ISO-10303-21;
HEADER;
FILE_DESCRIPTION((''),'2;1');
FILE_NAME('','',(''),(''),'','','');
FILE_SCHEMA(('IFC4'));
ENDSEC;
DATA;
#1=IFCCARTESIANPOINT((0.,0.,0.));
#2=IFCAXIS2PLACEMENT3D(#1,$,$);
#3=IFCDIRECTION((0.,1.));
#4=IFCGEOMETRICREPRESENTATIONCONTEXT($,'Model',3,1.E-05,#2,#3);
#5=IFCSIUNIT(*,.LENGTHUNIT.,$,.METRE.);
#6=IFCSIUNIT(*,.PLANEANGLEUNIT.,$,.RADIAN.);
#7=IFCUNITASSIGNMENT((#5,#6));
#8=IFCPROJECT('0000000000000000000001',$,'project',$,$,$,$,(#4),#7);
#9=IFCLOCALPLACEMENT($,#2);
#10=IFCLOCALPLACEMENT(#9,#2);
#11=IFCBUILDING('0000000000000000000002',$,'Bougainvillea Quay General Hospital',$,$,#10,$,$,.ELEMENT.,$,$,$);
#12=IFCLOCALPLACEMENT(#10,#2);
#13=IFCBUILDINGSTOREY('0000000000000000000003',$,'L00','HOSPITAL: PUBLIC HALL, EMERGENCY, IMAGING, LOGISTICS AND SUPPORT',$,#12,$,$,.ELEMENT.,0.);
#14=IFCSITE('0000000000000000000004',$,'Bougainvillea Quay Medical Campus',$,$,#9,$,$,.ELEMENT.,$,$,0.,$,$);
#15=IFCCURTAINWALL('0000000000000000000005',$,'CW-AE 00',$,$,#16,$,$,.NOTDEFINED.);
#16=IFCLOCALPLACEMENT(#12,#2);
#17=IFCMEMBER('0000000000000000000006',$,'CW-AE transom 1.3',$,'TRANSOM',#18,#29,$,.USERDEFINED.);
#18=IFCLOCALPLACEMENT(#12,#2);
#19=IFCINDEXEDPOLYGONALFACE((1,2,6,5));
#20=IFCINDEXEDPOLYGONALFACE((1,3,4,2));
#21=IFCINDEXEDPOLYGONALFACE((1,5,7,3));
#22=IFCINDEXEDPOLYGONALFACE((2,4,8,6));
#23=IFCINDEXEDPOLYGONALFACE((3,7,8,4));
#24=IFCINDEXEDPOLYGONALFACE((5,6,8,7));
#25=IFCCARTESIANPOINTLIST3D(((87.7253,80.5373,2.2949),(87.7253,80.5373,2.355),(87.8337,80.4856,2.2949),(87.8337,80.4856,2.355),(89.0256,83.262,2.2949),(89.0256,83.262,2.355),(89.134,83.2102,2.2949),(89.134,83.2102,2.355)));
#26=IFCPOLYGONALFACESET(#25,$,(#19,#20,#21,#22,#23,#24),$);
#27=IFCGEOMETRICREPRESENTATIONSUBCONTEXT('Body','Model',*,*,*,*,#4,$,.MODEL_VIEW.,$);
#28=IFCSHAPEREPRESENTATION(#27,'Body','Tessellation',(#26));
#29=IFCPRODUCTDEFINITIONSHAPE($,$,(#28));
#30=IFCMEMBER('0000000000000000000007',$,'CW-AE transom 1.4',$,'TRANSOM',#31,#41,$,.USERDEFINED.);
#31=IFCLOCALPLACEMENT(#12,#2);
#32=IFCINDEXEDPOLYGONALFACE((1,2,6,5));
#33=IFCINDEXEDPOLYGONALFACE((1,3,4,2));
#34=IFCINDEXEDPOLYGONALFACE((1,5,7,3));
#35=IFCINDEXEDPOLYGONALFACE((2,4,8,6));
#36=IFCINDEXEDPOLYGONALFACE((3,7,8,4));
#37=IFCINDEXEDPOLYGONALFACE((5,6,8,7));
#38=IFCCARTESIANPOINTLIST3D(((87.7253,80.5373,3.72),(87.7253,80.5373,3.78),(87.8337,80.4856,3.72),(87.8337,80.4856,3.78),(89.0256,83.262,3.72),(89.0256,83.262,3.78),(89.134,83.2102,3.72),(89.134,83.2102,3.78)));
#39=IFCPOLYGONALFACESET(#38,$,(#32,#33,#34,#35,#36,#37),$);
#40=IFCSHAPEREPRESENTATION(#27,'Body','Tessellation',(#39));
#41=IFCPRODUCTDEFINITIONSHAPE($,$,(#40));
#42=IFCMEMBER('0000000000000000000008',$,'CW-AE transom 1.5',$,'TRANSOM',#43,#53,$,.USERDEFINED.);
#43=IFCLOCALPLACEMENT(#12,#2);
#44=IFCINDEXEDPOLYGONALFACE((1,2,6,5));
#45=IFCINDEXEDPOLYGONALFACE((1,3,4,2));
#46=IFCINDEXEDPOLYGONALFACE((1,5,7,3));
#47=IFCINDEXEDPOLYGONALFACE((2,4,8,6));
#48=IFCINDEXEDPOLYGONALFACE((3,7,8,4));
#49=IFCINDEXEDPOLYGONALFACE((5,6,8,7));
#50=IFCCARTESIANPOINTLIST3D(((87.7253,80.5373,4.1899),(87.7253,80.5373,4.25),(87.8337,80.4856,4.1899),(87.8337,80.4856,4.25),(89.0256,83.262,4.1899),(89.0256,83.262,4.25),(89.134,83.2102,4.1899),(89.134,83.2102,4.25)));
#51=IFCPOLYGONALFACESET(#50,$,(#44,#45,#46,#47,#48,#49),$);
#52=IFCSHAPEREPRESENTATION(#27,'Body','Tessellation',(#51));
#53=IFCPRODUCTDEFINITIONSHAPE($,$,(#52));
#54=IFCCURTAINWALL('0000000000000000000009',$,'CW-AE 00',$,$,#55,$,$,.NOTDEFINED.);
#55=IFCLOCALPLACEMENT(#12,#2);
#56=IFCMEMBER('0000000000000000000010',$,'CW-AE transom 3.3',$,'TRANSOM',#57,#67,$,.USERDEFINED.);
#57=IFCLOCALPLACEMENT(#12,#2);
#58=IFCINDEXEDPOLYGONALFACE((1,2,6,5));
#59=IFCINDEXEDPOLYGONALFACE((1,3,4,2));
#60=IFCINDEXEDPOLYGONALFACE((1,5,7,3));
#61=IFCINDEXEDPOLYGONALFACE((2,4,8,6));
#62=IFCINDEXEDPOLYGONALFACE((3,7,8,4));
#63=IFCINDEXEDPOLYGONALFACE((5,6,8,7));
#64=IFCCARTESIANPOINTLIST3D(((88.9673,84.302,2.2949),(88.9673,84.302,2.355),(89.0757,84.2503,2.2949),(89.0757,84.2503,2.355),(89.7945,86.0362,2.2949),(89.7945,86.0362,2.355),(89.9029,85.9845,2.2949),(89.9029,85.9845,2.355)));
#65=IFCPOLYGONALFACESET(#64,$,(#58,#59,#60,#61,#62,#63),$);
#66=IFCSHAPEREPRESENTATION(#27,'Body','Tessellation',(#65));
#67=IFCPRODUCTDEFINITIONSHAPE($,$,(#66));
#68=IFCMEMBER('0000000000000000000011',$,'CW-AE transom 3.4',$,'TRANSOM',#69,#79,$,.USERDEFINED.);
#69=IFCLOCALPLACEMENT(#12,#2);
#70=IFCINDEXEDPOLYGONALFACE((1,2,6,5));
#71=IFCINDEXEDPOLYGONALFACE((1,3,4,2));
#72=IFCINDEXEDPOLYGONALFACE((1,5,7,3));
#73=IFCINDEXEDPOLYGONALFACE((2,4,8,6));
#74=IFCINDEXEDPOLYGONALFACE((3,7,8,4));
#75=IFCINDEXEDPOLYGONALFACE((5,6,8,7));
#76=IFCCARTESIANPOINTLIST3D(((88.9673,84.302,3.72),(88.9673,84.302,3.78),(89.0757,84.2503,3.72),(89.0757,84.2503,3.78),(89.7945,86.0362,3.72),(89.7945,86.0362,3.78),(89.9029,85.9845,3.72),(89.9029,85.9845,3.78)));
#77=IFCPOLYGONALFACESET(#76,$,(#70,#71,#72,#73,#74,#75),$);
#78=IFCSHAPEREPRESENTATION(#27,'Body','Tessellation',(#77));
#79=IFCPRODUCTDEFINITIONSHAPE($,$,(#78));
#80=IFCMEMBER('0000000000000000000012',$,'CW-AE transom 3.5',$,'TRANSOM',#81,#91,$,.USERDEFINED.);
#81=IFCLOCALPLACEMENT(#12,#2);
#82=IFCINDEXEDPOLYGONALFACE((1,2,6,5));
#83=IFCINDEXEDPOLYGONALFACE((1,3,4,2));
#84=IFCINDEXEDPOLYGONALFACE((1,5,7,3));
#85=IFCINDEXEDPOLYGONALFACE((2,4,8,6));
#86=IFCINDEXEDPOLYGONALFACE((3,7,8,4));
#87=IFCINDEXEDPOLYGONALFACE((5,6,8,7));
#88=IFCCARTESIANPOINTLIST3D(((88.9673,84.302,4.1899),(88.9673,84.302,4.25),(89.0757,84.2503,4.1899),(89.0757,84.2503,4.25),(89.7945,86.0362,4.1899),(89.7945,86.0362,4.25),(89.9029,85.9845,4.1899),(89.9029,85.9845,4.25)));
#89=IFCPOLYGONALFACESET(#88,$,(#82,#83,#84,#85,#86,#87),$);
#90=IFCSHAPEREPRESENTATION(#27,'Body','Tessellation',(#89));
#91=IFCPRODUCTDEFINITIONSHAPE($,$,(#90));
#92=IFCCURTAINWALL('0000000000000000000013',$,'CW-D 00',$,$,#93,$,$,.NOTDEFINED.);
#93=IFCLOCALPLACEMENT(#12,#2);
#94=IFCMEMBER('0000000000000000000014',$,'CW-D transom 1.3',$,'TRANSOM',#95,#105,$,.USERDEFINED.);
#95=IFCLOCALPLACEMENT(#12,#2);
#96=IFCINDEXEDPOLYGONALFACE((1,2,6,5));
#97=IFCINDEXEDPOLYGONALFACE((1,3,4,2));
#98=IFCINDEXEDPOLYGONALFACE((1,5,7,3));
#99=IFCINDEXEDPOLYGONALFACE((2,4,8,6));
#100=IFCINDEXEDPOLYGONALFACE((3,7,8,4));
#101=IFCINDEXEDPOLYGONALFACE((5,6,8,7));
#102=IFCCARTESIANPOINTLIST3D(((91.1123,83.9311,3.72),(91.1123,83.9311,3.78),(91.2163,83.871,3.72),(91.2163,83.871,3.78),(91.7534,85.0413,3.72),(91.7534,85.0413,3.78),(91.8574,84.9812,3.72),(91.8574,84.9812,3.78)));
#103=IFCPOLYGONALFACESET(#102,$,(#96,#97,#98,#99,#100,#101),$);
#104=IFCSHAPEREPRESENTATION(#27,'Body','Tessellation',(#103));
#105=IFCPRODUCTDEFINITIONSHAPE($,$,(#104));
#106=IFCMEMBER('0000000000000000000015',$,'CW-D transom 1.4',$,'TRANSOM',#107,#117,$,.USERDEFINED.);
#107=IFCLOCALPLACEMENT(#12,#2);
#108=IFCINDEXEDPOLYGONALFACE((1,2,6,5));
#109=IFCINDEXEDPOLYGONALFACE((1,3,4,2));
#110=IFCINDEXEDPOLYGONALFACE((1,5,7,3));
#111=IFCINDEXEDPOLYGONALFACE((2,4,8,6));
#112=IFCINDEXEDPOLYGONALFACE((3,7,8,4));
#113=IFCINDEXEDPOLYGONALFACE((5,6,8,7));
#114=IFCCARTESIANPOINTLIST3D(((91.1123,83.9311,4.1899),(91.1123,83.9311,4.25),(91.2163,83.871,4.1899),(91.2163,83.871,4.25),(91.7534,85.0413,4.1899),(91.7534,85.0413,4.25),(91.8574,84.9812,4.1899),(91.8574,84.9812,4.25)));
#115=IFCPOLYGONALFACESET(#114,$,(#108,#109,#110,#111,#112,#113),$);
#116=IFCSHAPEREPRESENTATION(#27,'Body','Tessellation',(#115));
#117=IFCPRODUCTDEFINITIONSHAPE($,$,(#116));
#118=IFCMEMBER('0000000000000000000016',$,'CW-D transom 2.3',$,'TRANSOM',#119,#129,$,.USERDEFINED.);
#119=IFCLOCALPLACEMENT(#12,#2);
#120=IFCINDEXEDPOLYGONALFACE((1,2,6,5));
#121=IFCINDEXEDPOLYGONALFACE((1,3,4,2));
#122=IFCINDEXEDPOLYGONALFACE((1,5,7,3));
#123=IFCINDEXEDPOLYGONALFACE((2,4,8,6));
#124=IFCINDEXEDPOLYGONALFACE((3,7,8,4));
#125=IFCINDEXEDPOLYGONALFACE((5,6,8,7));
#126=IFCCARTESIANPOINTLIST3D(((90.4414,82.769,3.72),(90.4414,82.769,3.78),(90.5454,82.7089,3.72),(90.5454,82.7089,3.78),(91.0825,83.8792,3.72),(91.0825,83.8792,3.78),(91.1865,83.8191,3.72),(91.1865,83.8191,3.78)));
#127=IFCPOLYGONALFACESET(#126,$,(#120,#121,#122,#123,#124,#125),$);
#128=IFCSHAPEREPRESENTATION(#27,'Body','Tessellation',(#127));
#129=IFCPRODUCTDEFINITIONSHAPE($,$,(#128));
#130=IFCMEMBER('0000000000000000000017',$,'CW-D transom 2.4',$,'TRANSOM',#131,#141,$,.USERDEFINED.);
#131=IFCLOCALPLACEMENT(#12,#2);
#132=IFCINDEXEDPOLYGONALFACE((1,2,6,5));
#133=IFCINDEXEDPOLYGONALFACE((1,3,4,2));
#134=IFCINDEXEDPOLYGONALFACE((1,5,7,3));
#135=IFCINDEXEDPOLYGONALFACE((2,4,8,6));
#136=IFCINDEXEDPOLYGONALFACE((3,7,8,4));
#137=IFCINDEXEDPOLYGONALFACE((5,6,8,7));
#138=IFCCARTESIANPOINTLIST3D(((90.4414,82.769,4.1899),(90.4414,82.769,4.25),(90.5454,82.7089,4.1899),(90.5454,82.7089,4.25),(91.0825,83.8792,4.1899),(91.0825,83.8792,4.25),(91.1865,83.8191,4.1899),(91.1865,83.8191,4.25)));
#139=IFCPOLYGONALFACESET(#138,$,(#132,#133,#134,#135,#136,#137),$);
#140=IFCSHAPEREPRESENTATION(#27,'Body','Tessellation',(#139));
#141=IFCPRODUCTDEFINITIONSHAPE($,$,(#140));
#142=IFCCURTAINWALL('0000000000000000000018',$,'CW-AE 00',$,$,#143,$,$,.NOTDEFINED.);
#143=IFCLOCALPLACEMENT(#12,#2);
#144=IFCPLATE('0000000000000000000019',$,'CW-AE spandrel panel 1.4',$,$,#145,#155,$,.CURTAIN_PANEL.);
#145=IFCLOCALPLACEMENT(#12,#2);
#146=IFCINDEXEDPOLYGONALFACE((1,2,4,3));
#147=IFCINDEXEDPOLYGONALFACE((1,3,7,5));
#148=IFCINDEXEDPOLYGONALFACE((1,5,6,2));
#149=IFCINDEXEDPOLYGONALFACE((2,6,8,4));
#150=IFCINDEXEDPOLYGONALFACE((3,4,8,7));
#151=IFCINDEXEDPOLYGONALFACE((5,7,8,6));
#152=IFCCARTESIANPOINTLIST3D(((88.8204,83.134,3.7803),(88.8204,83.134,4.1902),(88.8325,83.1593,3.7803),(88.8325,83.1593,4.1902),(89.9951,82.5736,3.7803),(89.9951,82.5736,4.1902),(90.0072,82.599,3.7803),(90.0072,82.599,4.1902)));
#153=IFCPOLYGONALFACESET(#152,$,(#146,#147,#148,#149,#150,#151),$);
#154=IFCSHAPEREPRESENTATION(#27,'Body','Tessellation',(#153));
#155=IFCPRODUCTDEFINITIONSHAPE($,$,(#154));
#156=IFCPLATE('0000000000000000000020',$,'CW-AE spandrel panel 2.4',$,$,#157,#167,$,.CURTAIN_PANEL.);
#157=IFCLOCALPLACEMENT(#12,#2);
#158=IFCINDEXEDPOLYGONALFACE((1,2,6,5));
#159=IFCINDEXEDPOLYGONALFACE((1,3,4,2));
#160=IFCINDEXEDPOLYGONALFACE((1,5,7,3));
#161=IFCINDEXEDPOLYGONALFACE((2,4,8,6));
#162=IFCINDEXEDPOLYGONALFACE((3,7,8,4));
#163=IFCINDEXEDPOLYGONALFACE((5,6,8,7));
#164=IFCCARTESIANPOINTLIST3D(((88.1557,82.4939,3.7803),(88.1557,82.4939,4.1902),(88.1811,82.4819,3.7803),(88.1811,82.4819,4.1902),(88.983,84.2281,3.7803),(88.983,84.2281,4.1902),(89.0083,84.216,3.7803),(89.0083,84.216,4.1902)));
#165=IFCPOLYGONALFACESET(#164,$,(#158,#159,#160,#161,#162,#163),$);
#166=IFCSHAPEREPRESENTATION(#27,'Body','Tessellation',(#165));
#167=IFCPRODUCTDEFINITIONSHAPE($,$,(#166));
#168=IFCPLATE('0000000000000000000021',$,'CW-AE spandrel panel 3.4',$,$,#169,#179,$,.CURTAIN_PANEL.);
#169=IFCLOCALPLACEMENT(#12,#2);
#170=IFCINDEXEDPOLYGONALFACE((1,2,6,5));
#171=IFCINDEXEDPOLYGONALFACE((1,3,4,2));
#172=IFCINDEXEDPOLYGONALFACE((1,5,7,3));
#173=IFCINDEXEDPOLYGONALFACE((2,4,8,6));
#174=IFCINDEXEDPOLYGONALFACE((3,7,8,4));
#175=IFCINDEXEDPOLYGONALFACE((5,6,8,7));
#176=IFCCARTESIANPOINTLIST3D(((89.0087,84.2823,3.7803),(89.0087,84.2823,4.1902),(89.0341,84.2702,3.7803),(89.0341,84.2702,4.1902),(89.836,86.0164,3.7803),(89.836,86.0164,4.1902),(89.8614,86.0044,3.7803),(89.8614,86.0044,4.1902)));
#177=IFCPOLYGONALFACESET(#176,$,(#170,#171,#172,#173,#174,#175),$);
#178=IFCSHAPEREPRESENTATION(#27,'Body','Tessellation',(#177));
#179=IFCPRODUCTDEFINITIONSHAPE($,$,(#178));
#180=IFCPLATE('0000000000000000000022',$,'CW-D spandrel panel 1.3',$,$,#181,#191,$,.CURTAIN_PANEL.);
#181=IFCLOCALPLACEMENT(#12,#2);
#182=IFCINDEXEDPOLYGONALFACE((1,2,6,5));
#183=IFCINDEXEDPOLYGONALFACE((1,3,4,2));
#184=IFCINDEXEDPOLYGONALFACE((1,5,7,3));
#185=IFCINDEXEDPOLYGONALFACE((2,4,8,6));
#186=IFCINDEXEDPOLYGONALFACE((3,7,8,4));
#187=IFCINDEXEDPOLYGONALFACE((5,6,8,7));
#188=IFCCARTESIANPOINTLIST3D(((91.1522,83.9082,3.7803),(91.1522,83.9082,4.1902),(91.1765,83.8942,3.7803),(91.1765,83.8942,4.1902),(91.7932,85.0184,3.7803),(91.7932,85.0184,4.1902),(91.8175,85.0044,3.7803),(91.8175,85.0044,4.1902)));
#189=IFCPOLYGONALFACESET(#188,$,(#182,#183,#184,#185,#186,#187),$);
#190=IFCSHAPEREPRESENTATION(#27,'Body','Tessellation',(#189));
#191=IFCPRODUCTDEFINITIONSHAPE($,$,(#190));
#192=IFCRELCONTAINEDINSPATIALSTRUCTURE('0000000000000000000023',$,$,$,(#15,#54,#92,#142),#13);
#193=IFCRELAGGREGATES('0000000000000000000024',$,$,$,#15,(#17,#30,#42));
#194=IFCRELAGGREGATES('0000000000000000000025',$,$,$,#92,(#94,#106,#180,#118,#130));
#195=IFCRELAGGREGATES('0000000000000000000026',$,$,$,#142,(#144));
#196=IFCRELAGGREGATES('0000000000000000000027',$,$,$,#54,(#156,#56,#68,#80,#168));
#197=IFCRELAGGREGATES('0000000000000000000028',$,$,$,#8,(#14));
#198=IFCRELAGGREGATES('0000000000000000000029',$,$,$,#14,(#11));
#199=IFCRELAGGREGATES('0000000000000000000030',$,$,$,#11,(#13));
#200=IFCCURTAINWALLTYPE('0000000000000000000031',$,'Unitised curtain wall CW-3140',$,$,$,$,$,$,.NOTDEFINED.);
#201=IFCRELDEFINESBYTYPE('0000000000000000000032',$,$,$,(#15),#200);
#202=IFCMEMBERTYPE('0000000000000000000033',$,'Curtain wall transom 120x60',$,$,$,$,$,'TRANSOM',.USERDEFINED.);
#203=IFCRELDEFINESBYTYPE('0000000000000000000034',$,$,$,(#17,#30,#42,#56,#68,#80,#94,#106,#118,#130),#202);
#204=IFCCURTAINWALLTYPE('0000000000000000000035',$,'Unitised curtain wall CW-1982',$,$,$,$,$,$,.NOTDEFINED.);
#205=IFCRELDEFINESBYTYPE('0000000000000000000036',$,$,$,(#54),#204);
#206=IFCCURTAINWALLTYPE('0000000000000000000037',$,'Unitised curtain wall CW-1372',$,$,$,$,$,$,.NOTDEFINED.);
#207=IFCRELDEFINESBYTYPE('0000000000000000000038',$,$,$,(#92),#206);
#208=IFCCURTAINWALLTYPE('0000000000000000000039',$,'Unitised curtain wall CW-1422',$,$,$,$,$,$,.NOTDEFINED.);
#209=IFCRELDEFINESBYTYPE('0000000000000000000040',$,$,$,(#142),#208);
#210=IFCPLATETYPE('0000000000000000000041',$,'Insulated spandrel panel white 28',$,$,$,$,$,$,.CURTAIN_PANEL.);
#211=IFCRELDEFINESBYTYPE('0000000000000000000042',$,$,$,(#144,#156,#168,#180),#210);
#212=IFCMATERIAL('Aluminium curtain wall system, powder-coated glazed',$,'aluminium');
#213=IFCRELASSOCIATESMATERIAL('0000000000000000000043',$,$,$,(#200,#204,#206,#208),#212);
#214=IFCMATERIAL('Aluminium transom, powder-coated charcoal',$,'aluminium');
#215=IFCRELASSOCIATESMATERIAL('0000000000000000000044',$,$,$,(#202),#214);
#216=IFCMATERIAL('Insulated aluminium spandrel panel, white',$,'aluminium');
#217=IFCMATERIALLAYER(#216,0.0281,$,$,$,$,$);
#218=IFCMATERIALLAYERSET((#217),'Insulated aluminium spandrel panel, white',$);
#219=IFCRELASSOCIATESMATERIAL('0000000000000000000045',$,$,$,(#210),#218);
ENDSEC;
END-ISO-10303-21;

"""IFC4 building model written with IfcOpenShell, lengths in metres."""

from ifc_helpers import new_model, si_unit, direction, frame, origin, origin_2d, place, context, subcontext, project, spatial, rectangle, extrude, material, layer, layer_set, material_profile, profile_set, type_object, element, aggregate, save


model = new_model("IFC4")

# Units and contexts
model_context = context("Model", 3, precision=1e-05, world=origin(), true_north=direction((0.0, 1.0)))
body_context = subcontext(model_context, "Body", "Model", "MODEL_VIEW")
ifc_project = project(units=[si_unit("LENGTHUNIT", "METRE"), si_unit("PLANEANGLEUNIT", "RADIAN")], contexts=[model_context])

# Site, building, storey
site_placement = place(None, origin())
site = spatial("IfcSite", under=ifc_project, at=site_placement, Name="Bougainvillea Quay Medical Campus", CompositionType="ELEMENT", RefElevation=0.0)
building_placement = place(site_placement, origin())
building = spatial("IfcBuilding", under=site, at=building_placement, Name="Bougainvillea Quay General Hospital", CompositionType="ELEMENT")
storey_placement = place(building_placement, origin())
storey = spatial("IfcBuildingStorey", under=building, at=storey_placement, Name="L00", Description="HOSPITAL: PUBLIC HALL, EMERGENCY, IMAGING, LOGISTICS AND SUPPORT", CompositionType="ELEMENT", Elevation=0.0)

# Curtain walls, members
ifc_material_1 = material(Name="Aluminium curtain wall system, powder-coated glazed", Category="aluminium")
curtain_wall_type_1 = type_object("IfcCurtainWallType", Name="Unitised curtain wall CW-3140", PredefinedType="NOTDEFINED", material=ifc_material_1)
curtain_wall_1_placement = place(storey_placement, origin())
curtain_wall_1 = element("IfcCurtainWall", 1, at=curtain_wall_1_placement, inside=storey, type_object=curtain_wall_type_1, Name="CW-AE 00", PredefinedType="NOTDEFINED")
ifc_material_2 = material(Name="Aluminium transom, powder-coated charcoal", Category="aluminium")
ifc_material_profile_1 = material_profile(ifc_material_2, rectangle(XDim=0.1201, YDim=0.0601, at=origin_2d()))
ifc_profile_set_1 = profile_set([ifc_material_profile_1], Name="Aluminium transom, powder-coated charcoal")
member_type = type_object("IfcMemberType", Name="Curtain wall transom 120x60", ElementType="TRANSOM", PredefinedType="USERDEFINED", material=ifc_profile_set_1)
member_1_placement = place(storey_placement, frame((89.0798, 83.2361, 2.325), z_axis=(-0.430706, -0.902492, 0.0), x_axis=(0.902492, -0.430706, 0.0)))
member_1 = element("IfcMember", 2, at=member_1_placement, type_object=member_type, Name="CW-AE transom 1.3", ObjectType="TRANSOM", PredefinedType="USERDEFINED", context=body_context, shape_type="SweptSolid", body=[
    extrude(rectangle(XDim=0.1201, YDim=0.0601, at=origin_2d()), origin(), (0.0, 0.0, 1.0), 3.019),
])
member_2_placement = place(storey_placement, frame((89.0798, 83.2361, 3.75), z_axis=(-0.430706, -0.902492, 0.0), x_axis=(0.902492, -0.430706, 0.0)))
member_2 = element("IfcMember", 3, at=member_2_placement, type_object=member_type, Name="CW-AE transom 1.4", ObjectType="TRANSOM", PredefinedType="USERDEFINED", context=body_context, shape_type="SweptSolid", body=[
    extrude(rectangle(XDim=0.1201, YDim=0.0601, at=origin_2d()), origin(), (0.0, 0.0, 1.0), 3.019),
])
member_3_placement = place(storey_placement, frame((89.0798, 83.2361, 4.22), z_axis=(-0.430706, -0.902492, 0.0), x_axis=(0.902492, -0.430706, 0.0)))
member_3 = element("IfcMember", 4, at=member_3_placement, type_object=member_type, Name="CW-AE transom 1.5", ObjectType="TRANSOM", PredefinedType="USERDEFINED", context=body_context, shape_type="SweptSolid", body=[
    extrude(rectangle(XDim=0.1201, YDim=0.0601, at=origin_2d()), origin(), (0.0, 0.0, 1.0), 3.019),
])
aggregate(curtain_wall_1, [member_1, member_2, member_3])
curtain_wall_type_2 = type_object("IfcCurtainWallType", Name="Unitised curtain wall CW-1982", PredefinedType="NOTDEFINED", material=ifc_material_1)
curtain_wall_2_placement = place(storey_placement, origin())
curtain_wall_2 = element("IfcCurtainWall", 5, at=curtain_wall_2_placement, inside=storey, type_object=curtain_wall_type_2, Name="CW-AE 00", PredefinedType="NOTDEFINED")
member_4_placement = place(storey_placement, frame((89.0215, 84.2761, 2.325), z_axis=(0.430516, 0.902583, 0.0), x_axis=(-0.902583, 0.430516, 0.0)))
member_4 = element("IfcMember", 6, at=member_4_placement, type_object=member_type, Name="CW-AE transom 3.3", ObjectType="TRANSOM", PredefinedType="USERDEFINED", context=body_context, shape_type="SweptSolid", body=[
    extrude(rectangle(XDim=0.1201, YDim=0.0601, at=origin_2d()), origin(), (0.0, 0.0, 1.0), 1.9214),
])
member_5_placement = place(storey_placement, frame((89.0215, 84.2761, 3.75), z_axis=(0.430516, 0.902583, 0.0), x_axis=(-0.902583, 0.430516, 0.0)))
member_5 = element("IfcMember", 7, at=member_5_placement, type_object=member_type, Name="CW-AE transom 3.4", ObjectType="TRANSOM", PredefinedType="USERDEFINED", context=body_context, shape_type="SweptSolid", body=[
    extrude(rectangle(XDim=0.1201, YDim=0.0601, at=origin_2d()), origin(), (0.0, 0.0, 1.0), 1.9214),
])
member_6_placement = place(storey_placement, frame((89.0215, 84.2761, 4.22), z_axis=(0.430516, 0.902583, 0.0), x_axis=(-0.902583, 0.430516, 0.0)))
member_6 = element("IfcMember", 8, at=member_6_placement, type_object=member_type, Name="CW-AE transom 3.5", ObjectType="TRANSOM", PredefinedType="USERDEFINED", context=body_context, shape_type="SweptSolid", body=[
    extrude(rectangle(XDim=0.1201, YDim=0.0601, at=origin_2d()), origin(), (0.0, 0.0, 1.0), 1.9214),
])
curtain_wall_type_3 = type_object("IfcCurtainWallType", Name="Unitised curtain wall CW-1372", PredefinedType="NOTDEFINED", material=ifc_material_1)
curtain_wall_3_placement = place(storey_placement, origin())
curtain_wall_3 = element("IfcCurtainWall", 9, at=curtain_wall_3_placement, inside=storey, type_object=curtain_wall_type_3, Name="CW-D 00", PredefinedType="NOTDEFINED")
member_7_placement = place(storey_placement, frame((91.8054, 85.0112, 3.75), z_axis=(-0.500113, -0.86596, 0.0), x_axis=(0.86596, -0.500113, 0.0)))
member_7 = element("IfcMember", 10, at=member_7_placement, type_object=member_type, Name="CW-D transom 1.3", ObjectType="TRANSOM", PredefinedType="USERDEFINED", context=body_context, shape_type="SweptSolid", body=[
    extrude(rectangle(XDim=0.1201, YDim=0.0601, at=origin_2d()), origin(), (0.0, 0.0, 1.0), 1.282),
])
member_8_placement = place(storey_placement, frame((91.8054, 85.0112, 4.22), z_axis=(-0.500113, -0.86596, 0.0), x_axis=(0.86596, -0.500113, 0.0)))
member_8 = element("IfcMember", 11, at=member_8_placement, type_object=member_type, Name="CW-D transom 1.4", ObjectType="TRANSOM", PredefinedType="USERDEFINED", context=body_context, shape_type="SweptSolid", body=[
    extrude(rectangle(XDim=0.1201, YDim=0.0601, at=origin_2d()), origin(), (0.0, 0.0, 1.0), 1.282),
])
member_9_placement = place(storey_placement, frame((91.1345, 83.8491, 3.75), z_axis=(-0.500113, -0.86596, 0.0), x_axis=(0.86596, -0.500113, 0.0)))
member_9 = element("IfcMember", 12, at=member_9_placement, type_object=member_type, Name="CW-D transom 2.3", ObjectType="TRANSOM", PredefinedType="USERDEFINED", context=body_context, shape_type="SweptSolid", body=[
    extrude(rectangle(XDim=0.1201, YDim=0.0601, at=origin_2d()), origin(), (0.0, 0.0, 1.0), 1.282),
])
member_10_placement = place(storey_placement, frame((91.1345, 83.8491, 4.22), z_axis=(-0.500113, -0.86596, 0.0), x_axis=(0.86596, -0.500113, 0.0)))
member_10 = element("IfcMember", 13, at=member_10_placement, type_object=member_type, Name="CW-D transom 2.4", ObjectType="TRANSOM", PredefinedType="USERDEFINED", context=body_context, shape_type="SweptSolid", body=[
    extrude(rectangle(XDim=0.1201, YDim=0.0601, at=origin_2d()), origin(), (0.0, 0.0, 1.0), 1.282),
])

# Curtain wall, plate
curtain_wall_type_4 = type_object("IfcCurtainWallType", Name="Unitised curtain wall CW-1422", PredefinedType="NOTDEFINED", material=ifc_material_1)
curtain_wall_4_placement = place(storey_placement, origin())
curtain_wall_4 = element("IfcCurtainWall", 14, at=curtain_wall_4_placement, inside=storey, type_object=curtain_wall_type_4, Name="CW-AE 00", PredefinedType="NOTDEFINED")
ifc_material_3 = material(Name="Insulated aluminium spandrel panel, white", Category="aluminium")
ifc_layer_1 = layer(ifc_material_3, 0.0281)
ifc_layer_set_1 = layer_set([ifc_layer_1], Name="Insulated aluminium spandrel panel, white")
plate_type_1 = type_object("IfcPlateType", Name="Insulated spandrel panel white 28", PredefinedType="CURTAIN_PANEL", material=ifc_layer_set_1)
plate_1_placement = place(storey_placement, frame((89.4138, 82.8665, 3.7803), z_axis=(0.0, 0.0, 1.0), x_axis=(-0.902574, 0.430534, 0.0)))
plate_1 = element("IfcPlate", 15, at=plate_1_placement, type_object=plate_type_1, Name="CW-AE spandrel panel 1.4", PredefinedType="CURTAIN_PANEL", context=body_context, shape_type="SweptSolid", body=[
    extrude(rectangle(XDim=1.3015, YDim=0.0281, at=origin_2d()), origin(), (0.0, 0.0, 1.0), 0.4099),
])

# Plates
plate_2_placement = place(storey_placement, frame((88.582, 83.355, 3.7803), z_axis=(0.0, 0.0, 1.0), x_axis=(0.430563, 0.902561, 0.0)))
plate_2 = element("IfcPlate", 16, at=plate_2_placement, type_object=plate_type_1, Name="CW-AE spandrel panel 2.4", PredefinedType="CURTAIN_PANEL", context=body_context, shape_type="SweptSolid", body=[
    extrude(rectangle(XDim=1.9214, YDim=0.0281, at=origin_2d()), origin(), (0.0, 0.0, 1.0), 0.4099),
])
plate_3_placement = place(storey_placement, frame((89.4351, 85.1433, 3.7803), z_axis=(0.0, 0.0, 1.0), x_axis=(0.430563, 0.902561, 0.0)))
plate_3 = element("IfcPlate", 17, at=plate_3_placement, type_object=plate_type_1, Name="CW-AE spandrel panel 3.4", PredefinedType="CURTAIN_PANEL", context=body_context, shape_type="SweptSolid", body=[
    extrude(rectangle(XDim=1.9214, YDim=0.0281, at=origin_2d()), origin(), (0.0, 0.0, 1.0), 0.4099),
])
plate_4_placement = place(storey_placement, frame((91.4849, 84.4563, 3.7803), z_axis=(0.0, 0.0, 1.0), x_axis=(-0.499962, -0.866048, 0.0)))
plate_4 = element("IfcPlate", 18, at=plate_4_placement, type_object=plate_type_1, Name="CW-D spandrel panel 1.3", PredefinedType="CURTAIN_PANEL", context=body_context, shape_type="SweptSolid", body=[
    extrude(rectangle(XDim=1.282, YDim=0.0281, at=origin_2d()), origin(), (0.0, 0.0, 1.0), 0.4099),
])
aggregate(curtain_wall_3, [member_7, member_8, plate_4, member_9, member_10])
aggregate(curtain_wall_4, [plate_1])
aggregate(curtain_wall_2, [plate_2, member_4, member_5, member_6, plate_3])

save(model, "model.ifc")
